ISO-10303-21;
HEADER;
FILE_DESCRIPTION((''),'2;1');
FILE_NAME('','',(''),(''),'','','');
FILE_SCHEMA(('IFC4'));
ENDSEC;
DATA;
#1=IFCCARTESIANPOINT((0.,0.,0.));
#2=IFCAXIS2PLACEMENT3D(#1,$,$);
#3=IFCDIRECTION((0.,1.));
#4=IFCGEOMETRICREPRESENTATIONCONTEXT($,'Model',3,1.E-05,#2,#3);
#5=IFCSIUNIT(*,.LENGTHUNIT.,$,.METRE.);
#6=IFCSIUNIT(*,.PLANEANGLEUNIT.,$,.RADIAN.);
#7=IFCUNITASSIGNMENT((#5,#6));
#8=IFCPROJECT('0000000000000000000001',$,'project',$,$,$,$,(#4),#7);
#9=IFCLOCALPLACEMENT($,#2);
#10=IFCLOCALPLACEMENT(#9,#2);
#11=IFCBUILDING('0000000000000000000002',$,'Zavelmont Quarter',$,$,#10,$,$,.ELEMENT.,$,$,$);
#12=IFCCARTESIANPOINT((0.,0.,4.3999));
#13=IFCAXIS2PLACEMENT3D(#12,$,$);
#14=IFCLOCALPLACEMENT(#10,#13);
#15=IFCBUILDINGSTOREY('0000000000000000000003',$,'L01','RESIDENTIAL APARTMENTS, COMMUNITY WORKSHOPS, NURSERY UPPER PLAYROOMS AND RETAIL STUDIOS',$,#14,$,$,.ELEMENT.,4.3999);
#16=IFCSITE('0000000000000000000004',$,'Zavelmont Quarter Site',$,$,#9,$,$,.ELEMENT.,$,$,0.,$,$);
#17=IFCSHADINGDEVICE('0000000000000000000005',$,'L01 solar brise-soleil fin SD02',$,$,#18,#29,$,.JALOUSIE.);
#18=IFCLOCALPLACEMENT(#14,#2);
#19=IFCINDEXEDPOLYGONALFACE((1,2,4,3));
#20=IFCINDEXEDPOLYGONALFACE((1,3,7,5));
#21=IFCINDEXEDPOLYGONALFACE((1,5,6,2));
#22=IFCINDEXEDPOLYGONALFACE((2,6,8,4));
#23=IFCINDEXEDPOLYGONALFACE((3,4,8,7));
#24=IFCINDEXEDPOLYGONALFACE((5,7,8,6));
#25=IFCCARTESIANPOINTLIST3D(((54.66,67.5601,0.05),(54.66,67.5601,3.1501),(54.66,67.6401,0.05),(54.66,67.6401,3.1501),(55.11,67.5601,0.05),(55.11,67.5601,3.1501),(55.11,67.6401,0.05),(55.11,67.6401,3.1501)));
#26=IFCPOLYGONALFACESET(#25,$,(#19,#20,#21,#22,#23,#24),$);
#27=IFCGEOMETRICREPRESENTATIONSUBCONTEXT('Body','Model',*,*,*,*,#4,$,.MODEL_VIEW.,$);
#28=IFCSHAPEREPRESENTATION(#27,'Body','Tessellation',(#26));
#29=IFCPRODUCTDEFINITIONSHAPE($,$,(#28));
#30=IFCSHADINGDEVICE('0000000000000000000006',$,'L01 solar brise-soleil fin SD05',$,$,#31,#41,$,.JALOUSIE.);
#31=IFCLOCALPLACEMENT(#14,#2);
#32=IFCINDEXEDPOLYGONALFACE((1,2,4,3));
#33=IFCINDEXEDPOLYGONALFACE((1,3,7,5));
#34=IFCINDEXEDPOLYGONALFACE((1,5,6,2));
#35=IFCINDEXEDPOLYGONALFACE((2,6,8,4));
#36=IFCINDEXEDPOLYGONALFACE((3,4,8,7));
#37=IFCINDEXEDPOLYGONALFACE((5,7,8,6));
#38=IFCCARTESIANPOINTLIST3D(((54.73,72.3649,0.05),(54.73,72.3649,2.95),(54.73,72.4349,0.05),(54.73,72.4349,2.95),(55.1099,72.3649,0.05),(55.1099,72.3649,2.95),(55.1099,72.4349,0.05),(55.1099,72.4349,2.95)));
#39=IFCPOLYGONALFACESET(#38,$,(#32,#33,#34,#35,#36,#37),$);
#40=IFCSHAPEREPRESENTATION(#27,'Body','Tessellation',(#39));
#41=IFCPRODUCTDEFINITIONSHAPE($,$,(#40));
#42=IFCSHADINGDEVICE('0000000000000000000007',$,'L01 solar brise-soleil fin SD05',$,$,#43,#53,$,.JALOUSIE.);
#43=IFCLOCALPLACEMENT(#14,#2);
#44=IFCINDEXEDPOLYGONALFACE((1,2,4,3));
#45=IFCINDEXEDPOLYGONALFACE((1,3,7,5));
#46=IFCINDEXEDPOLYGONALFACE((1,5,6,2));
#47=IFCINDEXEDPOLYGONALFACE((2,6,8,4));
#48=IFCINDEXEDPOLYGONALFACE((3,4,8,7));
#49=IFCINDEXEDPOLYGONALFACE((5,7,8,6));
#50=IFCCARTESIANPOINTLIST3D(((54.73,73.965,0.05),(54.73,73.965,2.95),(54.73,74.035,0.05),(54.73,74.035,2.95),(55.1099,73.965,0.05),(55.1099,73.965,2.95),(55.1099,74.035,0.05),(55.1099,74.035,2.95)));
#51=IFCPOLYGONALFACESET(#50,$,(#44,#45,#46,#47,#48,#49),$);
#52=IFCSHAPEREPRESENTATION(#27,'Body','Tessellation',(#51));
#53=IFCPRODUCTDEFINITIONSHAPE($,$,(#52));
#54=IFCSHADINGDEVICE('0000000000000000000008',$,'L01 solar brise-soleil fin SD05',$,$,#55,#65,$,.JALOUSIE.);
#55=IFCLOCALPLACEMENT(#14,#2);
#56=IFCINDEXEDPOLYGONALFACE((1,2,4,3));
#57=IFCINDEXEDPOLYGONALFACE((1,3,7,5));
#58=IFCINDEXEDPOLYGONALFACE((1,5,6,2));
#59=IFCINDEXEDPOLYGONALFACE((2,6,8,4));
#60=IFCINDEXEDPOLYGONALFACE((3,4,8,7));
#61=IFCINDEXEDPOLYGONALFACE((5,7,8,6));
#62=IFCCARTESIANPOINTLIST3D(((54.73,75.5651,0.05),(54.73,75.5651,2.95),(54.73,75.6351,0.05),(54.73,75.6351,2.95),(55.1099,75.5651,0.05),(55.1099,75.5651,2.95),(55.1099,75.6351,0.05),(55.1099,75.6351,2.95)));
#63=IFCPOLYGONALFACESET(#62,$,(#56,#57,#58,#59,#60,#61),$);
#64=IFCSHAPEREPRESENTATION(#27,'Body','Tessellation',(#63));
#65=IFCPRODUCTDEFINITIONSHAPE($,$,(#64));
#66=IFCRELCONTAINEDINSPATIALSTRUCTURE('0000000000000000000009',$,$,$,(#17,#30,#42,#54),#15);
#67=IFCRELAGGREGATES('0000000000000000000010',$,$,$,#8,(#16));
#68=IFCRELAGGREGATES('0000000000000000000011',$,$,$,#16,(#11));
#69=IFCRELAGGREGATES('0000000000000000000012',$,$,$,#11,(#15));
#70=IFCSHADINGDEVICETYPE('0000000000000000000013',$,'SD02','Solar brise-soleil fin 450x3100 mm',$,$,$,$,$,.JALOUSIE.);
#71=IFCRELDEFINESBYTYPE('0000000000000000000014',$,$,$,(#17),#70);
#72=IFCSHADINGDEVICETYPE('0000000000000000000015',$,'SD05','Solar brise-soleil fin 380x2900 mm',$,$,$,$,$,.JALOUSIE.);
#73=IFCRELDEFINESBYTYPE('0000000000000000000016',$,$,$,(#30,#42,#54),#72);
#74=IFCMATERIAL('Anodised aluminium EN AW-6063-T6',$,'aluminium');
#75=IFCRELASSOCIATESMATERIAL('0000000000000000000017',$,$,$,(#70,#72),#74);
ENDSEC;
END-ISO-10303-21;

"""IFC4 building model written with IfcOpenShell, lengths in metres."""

from ifc_helpers import new_model, si_unit, direction, frame, origin, origin_2d, place, context, subcontext, project, spatial, rectangle, extrude, material, type_object, element, save


model = new_model("IFC4")

# Units and contexts
model_context = context("Model", 3, precision=1e-05, world=origin(), true_north=direction((0.0, 1.0)))
body_context = subcontext(model_context, "Body", "Model", "MODEL_VIEW")
ifc_project = project(units=[si_unit("LENGTHUNIT", "METRE"), si_unit("PLANEANGLEUNIT", "RADIAN")], contexts=[model_context])

# Site, building, storey
site_placement = place(None, origin())
site = spatial("IfcSite", under=ifc_project, at=site_placement, Name="Zavelmont Quarter Site", CompositionType="ELEMENT", RefElevation=0.0)
building_placement = place(site_placement, origin())
building = spatial("IfcBuilding", under=site, at=building_placement, Name="Zavelmont Quarter", CompositionType="ELEMENT")
storey_placement = place(building_placement, frame((0.0, 0.0, 4.3999)))
storey = spatial("IfcBuildingStorey", under=building, at=storey_placement, Name="L01", Description="RESIDENTIAL APARTMENTS, COMMUNITY WORKSHOPS, NURSERY UPPER PLAYROOMS AND RETAIL STUDIOS", CompositionType="ELEMENT", Elevation=4.3999)

# Shading devices
ifc_material_1 = material(Name="Anodised aluminium EN AW-6063-T6", Category="aluminium")
shading_device_type_1 = type_object("IfcShadingDeviceType", Name="SD02", Description="Solar brise-soleil fin 450x3100 mm", PredefinedType="JALOUSIE", material=ifc_material_1)
for number, where, z_axis, x_axis, name in (
    (1, (54.885, 67.6001, 0.05), (0.0, 0.0, 1.0), (0.0, 1.0, 0.0), "L01 solar brise-soleil fin SD02"),
):
    element("IfcShadingDevice", number, at=place(storey_placement, frame(where, z_axis=z_axis, x_axis=x_axis)), inside=storey, type_object=shading_device_type_1, Name=name, PredefinedType="JALOUSIE", context=body_context, shape_type="SweptSolid", body=[
        extrude(rectangle(XDim=0.0801, YDim=0.45, at=origin_2d()), origin(), (0.0, 0.0, 1.0), 3.1001),
    ])
shading_device_type_2 = type_object("IfcShadingDeviceType", Name="SD05", Description="Solar brise-soleil fin 380x2900 mm", PredefinedType="JALOUSIE", material=ifc_material_1)
for number, where, z_axis, x_axis, name in (
    (2, (54.9199, 72.3999, 0.05), (0.0, 0.0, 1.0), (0.0, 1.0, 0.0), "L01 solar brise-soleil fin SD05"),
    (3, (54.9199, 74.0, 0.05), (0.0, 0.0, 1.0), (0.0, 1.0, 0.0), "L01 solar brise-soleil fin SD05"),
    (4, (54.9199, 75.6001, 0.05), (0.0, 0.0, 1.0), (0.0, 1.0, 0.0), "L01 solar brise-soleil fin SD05"),
):
    element("IfcShadingDevice", number, at=place(storey_placement, frame(where, z_axis=z_axis, x_axis=x_axis)), inside=storey, type_object=shading_device_type_2, Name=name, PredefinedType="JALOUSIE", context=body_context, shape_type="SweptSolid", body=[
        extrude(rectangle(XDim=0.0701, YDim=0.3799, at=origin_2d()), origin(), (0.0, 0.0, 1.0), 2.8999),
    ])

save(model, "model.ifc")
